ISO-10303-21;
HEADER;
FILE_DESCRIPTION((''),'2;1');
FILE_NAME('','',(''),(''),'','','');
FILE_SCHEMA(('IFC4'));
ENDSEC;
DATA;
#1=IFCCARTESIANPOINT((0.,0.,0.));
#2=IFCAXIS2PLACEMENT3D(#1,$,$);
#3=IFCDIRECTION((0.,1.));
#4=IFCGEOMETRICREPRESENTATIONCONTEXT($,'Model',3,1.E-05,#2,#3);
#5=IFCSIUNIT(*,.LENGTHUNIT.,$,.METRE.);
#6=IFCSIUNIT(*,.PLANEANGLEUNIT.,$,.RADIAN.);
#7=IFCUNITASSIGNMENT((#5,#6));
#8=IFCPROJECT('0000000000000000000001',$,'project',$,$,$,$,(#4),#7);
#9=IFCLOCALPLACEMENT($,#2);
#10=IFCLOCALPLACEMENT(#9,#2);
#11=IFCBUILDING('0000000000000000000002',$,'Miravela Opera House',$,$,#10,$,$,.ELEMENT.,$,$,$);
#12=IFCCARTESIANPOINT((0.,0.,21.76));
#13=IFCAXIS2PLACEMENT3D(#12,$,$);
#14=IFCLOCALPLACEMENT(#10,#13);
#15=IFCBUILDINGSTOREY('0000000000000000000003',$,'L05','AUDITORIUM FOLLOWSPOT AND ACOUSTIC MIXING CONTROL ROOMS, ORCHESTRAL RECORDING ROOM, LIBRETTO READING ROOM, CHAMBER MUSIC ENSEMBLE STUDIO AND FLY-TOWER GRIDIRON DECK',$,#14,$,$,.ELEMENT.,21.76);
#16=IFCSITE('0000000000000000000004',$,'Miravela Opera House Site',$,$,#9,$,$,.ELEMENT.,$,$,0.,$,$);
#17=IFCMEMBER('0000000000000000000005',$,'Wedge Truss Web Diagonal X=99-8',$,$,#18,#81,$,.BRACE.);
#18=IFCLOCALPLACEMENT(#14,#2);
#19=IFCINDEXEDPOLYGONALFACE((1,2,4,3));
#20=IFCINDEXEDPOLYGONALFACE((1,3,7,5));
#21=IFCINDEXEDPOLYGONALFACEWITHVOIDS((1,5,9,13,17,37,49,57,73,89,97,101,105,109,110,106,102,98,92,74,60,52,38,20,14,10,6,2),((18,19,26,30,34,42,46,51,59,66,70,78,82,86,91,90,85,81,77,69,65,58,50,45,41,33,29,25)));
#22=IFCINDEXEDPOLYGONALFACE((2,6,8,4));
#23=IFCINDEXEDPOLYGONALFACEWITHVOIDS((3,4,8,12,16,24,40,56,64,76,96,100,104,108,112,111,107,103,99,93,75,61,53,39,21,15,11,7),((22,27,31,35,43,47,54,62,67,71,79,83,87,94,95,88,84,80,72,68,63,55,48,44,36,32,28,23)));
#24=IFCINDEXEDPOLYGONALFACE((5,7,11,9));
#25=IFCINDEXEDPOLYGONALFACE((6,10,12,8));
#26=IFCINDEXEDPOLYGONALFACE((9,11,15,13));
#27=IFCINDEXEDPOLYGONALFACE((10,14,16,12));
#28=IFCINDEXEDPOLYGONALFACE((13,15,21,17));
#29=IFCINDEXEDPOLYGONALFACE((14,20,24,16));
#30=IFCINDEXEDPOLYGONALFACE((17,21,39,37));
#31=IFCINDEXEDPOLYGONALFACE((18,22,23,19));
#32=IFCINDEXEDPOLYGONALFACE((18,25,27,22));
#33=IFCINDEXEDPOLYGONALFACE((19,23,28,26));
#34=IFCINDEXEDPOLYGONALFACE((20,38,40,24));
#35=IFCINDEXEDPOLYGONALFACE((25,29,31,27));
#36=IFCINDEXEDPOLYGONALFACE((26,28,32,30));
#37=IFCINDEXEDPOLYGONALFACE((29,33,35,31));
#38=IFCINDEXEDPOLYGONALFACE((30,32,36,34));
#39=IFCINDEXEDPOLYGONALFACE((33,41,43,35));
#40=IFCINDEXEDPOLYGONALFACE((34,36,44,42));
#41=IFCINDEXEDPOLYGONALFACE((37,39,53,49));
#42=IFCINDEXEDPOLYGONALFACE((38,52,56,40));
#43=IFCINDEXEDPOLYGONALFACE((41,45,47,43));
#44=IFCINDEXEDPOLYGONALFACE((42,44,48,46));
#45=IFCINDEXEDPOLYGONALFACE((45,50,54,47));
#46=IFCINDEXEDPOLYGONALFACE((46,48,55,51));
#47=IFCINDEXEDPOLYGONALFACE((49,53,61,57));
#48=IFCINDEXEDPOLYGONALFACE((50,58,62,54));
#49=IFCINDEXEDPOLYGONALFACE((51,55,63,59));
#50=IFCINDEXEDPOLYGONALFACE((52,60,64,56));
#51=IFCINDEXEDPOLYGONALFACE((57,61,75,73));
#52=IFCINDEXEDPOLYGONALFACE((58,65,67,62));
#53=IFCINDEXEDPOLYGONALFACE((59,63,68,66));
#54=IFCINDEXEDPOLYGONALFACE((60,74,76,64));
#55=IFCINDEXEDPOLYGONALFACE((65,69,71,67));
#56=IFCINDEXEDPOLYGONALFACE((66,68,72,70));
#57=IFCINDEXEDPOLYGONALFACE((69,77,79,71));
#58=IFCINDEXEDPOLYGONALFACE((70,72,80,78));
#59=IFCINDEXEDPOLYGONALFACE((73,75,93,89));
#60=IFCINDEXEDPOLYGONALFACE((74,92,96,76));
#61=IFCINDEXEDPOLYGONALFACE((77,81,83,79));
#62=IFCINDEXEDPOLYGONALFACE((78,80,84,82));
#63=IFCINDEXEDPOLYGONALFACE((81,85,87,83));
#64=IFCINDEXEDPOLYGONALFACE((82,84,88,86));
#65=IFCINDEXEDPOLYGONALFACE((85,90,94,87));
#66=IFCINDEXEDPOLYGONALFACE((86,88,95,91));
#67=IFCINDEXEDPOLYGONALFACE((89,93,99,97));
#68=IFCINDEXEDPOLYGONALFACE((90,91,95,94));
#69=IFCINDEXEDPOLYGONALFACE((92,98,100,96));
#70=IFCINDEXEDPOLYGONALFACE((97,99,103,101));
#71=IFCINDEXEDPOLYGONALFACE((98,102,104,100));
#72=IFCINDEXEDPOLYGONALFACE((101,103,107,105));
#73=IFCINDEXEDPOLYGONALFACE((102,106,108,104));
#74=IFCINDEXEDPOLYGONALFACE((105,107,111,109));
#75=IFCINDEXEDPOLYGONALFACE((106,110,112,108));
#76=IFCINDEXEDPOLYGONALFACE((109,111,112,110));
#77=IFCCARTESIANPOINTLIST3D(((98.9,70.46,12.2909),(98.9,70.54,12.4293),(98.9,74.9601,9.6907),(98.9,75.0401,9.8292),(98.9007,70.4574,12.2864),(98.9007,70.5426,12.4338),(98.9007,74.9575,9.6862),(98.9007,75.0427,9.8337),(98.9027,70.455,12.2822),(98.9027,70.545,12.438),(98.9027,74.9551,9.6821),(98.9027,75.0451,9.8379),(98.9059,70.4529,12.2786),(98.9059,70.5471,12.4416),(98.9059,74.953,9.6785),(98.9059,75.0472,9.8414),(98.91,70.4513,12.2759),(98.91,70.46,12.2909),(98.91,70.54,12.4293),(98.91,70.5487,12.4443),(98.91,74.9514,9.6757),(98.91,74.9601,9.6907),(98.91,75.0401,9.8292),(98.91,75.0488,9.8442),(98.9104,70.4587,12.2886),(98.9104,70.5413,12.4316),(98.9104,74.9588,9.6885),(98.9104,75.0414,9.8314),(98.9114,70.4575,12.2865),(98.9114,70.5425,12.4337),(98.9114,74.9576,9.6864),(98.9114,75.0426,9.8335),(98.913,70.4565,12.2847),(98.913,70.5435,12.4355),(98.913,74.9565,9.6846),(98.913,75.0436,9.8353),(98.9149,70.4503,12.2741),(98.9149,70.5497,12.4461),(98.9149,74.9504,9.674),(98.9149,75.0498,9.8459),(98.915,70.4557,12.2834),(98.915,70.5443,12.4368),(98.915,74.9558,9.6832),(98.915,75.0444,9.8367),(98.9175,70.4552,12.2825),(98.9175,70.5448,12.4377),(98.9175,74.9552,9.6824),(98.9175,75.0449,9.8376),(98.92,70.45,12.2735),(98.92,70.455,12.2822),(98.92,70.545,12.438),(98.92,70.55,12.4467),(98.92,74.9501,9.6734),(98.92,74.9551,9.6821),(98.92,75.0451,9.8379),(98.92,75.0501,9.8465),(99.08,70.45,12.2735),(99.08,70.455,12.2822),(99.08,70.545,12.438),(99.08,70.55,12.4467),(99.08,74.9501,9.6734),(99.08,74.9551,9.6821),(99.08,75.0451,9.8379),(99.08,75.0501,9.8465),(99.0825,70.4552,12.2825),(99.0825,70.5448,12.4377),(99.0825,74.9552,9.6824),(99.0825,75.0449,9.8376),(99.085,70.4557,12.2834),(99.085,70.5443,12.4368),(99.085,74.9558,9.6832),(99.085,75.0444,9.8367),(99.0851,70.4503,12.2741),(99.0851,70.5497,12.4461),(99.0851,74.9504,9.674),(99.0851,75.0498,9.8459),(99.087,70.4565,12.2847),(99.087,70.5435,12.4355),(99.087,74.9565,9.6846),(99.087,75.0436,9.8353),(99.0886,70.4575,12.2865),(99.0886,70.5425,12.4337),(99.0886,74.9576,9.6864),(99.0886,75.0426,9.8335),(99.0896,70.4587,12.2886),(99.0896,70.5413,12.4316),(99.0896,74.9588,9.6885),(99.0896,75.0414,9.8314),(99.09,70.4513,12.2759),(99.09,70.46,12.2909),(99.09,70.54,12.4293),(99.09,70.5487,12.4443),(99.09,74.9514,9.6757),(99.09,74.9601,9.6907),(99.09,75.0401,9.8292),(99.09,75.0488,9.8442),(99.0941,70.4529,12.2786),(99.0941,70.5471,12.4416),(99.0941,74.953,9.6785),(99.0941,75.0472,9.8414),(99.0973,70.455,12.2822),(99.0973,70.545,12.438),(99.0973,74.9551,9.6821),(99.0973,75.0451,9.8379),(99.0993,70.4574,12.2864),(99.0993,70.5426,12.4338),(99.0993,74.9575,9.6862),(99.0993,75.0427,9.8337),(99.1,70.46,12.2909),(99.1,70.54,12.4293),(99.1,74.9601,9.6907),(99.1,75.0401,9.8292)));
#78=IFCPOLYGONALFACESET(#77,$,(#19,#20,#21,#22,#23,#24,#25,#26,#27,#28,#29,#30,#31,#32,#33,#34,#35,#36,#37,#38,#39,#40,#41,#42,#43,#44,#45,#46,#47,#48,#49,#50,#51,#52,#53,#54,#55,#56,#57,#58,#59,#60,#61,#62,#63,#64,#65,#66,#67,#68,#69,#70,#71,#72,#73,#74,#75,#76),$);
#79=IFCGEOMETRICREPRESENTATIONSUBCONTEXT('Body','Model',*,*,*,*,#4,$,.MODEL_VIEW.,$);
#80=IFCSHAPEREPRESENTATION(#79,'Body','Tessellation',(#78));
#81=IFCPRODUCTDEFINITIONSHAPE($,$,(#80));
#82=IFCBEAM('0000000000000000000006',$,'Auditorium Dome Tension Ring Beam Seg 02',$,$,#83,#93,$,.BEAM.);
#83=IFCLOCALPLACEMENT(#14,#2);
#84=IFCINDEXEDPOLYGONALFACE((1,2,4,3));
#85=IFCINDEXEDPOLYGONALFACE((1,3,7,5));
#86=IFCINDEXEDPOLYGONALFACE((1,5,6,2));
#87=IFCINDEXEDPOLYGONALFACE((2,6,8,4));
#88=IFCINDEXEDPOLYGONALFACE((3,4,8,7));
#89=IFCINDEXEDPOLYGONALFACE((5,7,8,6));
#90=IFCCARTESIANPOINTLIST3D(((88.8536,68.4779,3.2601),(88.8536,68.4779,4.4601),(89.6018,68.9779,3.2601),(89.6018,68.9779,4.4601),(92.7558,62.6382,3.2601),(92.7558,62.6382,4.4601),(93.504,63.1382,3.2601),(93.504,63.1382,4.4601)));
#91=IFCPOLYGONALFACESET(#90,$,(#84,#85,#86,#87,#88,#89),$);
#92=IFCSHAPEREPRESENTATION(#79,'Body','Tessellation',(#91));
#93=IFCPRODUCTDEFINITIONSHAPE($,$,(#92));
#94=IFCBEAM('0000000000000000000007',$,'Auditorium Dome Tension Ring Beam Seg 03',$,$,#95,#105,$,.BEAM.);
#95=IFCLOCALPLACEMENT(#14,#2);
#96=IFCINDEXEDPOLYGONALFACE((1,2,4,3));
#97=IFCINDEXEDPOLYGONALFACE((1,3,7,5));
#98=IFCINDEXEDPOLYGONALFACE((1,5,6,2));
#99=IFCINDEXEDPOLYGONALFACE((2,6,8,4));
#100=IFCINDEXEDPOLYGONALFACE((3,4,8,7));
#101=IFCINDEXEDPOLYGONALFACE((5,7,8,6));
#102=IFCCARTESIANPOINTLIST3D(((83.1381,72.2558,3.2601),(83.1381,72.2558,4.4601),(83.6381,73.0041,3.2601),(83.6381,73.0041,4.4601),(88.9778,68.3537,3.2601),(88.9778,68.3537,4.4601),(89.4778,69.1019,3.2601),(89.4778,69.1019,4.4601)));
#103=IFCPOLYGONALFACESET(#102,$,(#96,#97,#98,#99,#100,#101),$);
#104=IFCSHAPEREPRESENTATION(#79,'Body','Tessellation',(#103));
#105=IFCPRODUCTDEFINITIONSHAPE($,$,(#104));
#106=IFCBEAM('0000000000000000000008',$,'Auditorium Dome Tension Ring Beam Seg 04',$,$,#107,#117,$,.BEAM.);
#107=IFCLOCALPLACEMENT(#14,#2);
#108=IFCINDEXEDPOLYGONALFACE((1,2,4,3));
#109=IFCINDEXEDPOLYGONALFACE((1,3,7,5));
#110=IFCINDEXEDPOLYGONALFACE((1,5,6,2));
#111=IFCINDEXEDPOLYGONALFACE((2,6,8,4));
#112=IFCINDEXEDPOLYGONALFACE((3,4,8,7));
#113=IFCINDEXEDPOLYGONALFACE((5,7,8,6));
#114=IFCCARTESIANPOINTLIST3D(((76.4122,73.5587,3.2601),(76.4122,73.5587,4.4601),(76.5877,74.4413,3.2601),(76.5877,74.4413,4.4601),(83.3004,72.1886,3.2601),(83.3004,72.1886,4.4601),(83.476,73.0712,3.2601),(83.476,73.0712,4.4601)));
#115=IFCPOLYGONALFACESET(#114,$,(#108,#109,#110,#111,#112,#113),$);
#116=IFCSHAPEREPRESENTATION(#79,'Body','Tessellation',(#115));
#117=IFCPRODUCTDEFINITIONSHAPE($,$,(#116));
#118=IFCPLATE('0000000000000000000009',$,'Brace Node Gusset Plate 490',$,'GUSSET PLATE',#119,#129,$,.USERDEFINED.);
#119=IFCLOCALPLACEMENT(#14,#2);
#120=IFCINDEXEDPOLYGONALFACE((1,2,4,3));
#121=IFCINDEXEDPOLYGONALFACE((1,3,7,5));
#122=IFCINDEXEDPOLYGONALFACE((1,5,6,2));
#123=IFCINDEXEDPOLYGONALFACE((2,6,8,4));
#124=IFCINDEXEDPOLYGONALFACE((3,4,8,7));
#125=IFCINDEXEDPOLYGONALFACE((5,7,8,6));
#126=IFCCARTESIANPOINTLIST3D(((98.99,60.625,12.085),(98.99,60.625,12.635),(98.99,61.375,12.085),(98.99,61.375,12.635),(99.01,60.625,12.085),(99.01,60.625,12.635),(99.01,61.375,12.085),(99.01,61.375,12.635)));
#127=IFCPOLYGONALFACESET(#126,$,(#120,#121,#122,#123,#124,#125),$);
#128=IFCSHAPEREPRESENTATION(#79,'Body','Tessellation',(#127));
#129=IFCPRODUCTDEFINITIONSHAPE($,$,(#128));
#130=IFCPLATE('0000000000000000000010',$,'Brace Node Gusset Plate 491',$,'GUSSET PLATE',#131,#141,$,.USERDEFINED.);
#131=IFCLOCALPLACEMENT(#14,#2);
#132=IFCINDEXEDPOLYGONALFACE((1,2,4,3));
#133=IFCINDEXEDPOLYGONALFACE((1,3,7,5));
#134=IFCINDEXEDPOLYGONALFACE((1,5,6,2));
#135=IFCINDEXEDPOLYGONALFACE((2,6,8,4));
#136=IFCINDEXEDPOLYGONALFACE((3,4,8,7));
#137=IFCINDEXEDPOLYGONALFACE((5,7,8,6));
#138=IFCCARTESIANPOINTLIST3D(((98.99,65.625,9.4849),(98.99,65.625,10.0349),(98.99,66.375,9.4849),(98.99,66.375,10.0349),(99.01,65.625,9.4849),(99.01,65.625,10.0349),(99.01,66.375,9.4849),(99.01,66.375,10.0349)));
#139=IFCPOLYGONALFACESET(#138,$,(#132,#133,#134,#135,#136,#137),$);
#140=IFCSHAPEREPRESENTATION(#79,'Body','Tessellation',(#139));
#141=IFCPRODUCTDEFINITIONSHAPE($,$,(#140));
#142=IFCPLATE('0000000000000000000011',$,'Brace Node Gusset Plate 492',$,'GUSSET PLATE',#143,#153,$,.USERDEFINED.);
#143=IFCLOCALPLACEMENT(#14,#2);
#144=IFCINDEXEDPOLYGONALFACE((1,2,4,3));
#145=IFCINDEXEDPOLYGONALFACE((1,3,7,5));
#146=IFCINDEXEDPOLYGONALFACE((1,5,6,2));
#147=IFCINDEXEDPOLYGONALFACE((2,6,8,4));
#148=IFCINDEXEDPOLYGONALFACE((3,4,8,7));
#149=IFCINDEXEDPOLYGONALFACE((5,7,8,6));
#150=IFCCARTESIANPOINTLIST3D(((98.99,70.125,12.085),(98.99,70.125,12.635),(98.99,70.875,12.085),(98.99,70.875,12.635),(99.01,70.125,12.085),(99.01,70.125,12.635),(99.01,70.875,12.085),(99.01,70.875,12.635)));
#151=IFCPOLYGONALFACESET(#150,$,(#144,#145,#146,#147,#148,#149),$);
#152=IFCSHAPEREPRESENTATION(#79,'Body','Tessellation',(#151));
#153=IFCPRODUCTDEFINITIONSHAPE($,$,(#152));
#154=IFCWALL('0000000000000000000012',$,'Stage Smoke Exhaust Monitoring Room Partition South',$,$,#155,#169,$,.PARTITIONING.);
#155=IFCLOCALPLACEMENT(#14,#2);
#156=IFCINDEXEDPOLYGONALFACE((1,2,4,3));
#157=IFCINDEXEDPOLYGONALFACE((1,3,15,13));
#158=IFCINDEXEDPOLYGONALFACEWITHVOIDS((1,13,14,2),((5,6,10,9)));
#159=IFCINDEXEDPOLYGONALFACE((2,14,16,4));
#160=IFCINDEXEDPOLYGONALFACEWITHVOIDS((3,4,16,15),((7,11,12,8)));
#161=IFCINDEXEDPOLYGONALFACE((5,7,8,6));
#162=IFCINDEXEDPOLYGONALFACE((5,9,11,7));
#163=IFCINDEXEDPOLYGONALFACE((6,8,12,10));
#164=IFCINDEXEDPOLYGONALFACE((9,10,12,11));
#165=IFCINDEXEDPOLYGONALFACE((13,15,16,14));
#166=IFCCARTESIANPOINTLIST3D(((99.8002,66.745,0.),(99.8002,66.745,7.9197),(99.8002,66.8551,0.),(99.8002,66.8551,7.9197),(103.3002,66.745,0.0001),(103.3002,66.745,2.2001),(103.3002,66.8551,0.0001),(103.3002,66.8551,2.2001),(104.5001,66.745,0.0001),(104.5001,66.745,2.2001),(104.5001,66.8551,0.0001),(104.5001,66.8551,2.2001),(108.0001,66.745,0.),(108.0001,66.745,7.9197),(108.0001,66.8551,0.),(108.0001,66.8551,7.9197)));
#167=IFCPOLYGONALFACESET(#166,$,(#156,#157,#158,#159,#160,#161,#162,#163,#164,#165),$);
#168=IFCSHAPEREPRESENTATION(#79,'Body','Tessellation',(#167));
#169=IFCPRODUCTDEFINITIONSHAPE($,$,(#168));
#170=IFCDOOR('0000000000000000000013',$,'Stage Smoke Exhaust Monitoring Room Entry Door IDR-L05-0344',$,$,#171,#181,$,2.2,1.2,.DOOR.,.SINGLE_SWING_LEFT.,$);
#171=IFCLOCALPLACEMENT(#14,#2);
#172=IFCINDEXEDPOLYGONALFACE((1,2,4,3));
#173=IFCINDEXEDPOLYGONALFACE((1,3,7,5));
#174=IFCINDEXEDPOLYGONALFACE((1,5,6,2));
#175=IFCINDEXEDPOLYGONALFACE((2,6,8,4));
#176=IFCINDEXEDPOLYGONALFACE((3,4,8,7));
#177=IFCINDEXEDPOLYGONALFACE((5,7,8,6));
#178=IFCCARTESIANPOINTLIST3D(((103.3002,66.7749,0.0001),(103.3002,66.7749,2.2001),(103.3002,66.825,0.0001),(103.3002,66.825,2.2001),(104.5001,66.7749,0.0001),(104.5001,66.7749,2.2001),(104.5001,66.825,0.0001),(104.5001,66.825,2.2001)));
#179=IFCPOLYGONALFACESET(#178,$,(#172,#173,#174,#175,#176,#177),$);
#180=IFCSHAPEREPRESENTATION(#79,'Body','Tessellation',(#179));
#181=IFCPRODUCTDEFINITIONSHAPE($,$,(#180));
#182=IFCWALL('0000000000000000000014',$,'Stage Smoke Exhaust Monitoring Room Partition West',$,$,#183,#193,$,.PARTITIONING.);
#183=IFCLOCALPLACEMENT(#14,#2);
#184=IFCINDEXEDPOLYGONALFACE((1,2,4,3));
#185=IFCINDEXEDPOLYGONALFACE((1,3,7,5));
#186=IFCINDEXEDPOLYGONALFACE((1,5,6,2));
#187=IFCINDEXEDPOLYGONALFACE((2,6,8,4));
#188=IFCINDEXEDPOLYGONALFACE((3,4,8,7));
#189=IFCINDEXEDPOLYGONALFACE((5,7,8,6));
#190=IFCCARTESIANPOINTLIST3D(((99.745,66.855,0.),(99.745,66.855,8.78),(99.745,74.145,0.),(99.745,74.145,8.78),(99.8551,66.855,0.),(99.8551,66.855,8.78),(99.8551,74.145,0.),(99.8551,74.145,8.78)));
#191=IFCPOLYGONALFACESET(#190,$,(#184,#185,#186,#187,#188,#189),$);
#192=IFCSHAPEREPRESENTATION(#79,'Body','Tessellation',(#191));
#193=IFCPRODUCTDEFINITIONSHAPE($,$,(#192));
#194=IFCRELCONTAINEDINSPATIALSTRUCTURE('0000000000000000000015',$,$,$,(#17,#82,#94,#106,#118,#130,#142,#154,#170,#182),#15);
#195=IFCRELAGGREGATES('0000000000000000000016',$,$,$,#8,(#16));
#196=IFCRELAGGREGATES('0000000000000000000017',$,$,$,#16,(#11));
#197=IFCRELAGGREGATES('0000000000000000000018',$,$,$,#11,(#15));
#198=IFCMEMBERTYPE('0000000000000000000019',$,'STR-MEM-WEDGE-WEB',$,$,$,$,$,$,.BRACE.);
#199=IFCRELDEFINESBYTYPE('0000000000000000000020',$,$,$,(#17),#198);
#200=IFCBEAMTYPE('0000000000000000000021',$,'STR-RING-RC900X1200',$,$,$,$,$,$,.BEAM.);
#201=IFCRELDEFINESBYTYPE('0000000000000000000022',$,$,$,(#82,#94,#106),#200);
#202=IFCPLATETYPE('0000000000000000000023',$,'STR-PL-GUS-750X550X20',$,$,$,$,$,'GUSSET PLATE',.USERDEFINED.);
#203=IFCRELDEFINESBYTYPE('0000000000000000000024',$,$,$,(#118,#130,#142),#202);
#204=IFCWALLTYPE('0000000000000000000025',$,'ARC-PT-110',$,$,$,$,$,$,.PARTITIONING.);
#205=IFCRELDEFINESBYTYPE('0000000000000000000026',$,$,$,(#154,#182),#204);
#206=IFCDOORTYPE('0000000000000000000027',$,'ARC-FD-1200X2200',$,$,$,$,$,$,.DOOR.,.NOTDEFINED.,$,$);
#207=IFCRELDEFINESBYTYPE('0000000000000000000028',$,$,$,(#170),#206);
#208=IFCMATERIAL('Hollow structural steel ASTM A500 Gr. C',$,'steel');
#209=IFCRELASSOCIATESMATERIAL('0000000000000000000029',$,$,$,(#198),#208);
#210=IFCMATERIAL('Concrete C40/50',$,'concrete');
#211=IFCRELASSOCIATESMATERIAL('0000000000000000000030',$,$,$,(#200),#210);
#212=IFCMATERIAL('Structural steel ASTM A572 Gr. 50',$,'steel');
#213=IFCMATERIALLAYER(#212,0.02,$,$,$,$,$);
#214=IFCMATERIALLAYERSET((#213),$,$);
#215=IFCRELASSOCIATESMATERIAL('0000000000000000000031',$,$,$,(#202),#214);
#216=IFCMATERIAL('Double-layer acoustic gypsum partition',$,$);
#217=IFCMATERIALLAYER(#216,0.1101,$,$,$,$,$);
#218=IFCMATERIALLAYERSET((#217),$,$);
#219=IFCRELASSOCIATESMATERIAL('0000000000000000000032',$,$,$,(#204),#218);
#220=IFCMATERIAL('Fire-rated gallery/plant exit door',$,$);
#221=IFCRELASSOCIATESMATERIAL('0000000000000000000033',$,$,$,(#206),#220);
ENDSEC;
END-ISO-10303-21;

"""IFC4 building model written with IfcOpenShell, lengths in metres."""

from ifc_helpers import new_model, si_unit, direction, frame, frame_2d, origin, origin_2d, place, context, subcontext, project, spatial, rectangle, hollow_rectangle, extrude, material, layer, layer_set, material_profile, profile_set, type_object, element, fill, save


model = new_model("IFC4")

# Units and contexts
model_context = context("Model", 3, precision=1e-05, world=origin(), true_north=direction((0.0, 1.0)))
body_context = subcontext(model_context, "Body", "Model", "MODEL_VIEW")
ifc_project = project(units=[si_unit("LENGTHUNIT", "METRE"), si_unit("PLANEANGLEUNIT", "RADIAN")], contexts=[model_context])

# Site, building, storey
site_placement = place(None, origin())
site = spatial("IfcSite", under=ifc_project, at=site_placement, Name="Miravela Opera House Site", CompositionType="ELEMENT", RefElevation=0.0)
building_placement = place(site_placement, origin())
building = spatial("IfcBuilding", under=site, at=building_placement, Name="Miravela Opera House", CompositionType="ELEMENT")
storey_placement = place(building_placement, frame((0.0, 0.0, 21.76)))
storey = spatial("IfcBuildingStorey", under=building, at=storey_placement, Name="L05", Description="AUDITORIUM FOLLOWSPOT AND ACOUSTIC MIXING CONTROL ROOMS, ORCHESTRAL RECORDING ROOM, LIBRETTO READING ROOM, CHAMBER MUSIC ENSEMBLE STUDIO AND FLY-TOWER GRIDIRON DECK", CompositionType="ELEMENT", Elevation=21.76)

# Shared definitions
ifc_material_1 = material(Name="Concrete C40/50", Category="concrete")

# Member
ifc_material_2 = material(Name="Hollow structural steel ASTM A500 Gr. C", Category="steel")
ifc_material_profile_1 = material_profile(ifc_material_2, hollow_rectangle(XDim=0.2, YDim=0.2, WallThickness=0.01, InnerFilletRadius=0.01, OuterFilletRadius=0.02, at=origin_2d()), Name="HSS200X200X10")
ifc_profile_set_1 = profile_set([ifc_material_profile_1])
member_type_1 = type_object("IfcMemberType", Name="STR-MEM-WEDGE-WEB", PredefinedType="BRACE", material=ifc_profile_set_1)
for number, where, z_axis, x_axis, name in (
    (1, (99.0, 70.5, 12.3601), (0.0, 0.865857, -0.500292), (-1.0, 0.0, 0.0), "Wedge Truss Web Diagonal X=99-8"),
):
    element("IfcMember", number, at=place(storey_placement, frame(where, z_axis=z_axis, x_axis=x_axis)), inside=storey, type_object=member_type_1, Name=name, PredefinedType="BRACE", context=body_context, shape_type="SweptSolid", body=[
        extrude(hollow_rectangle(XDim=0.2, YDim=0.2, WallThickness=0.01, InnerFilletRadius=0.01, OuterFilletRadius=0.02, at=origin_2d()), origin(), (0.0, 0.0, 1.0), 5.1973),
    ])

# Beams
ifc_material_profile_2 = material_profile(ifc_material_1, rectangle(XDim=0.8999, YDim=1.2, at=origin_2d()), Name="RC-RING-900X1200")
ifc_profile_set_2 = profile_set([ifc_material_profile_2])
beam_type = type_object("IfcBeamType", Name="STR-RING-RC900X1200", PredefinedType="BEAM", material=ifc_profile_set_2)
for number, where, z_axis, x_axis, name in (
    (2, (93.1299, 62.8882, 3.8601), (-0.55559, 0.831456, 0.0), (-0.831456, -0.55559, 0.0), "Auditorium Dome Tension Ring Beam Seg 02"),
    (3, (89.2278, 68.7278, 3.8601), (-0.831456, 0.55559, 0.0), (-0.55559, -0.831456, 0.0), "Auditorium Dome Tension Ring Beam Seg 03"),
):
    element("IfcBeam", number, at=place(storey_placement, frame(where, z_axis=z_axis, x_axis=x_axis)), inside=storey, type_object=beam_type, Name=name, PredefinedType="BEAM", context=body_context, shape_type="SweptSolid", body=[
        extrude(rectangle(XDim=0.8999, YDim=1.2, at=origin_2d()), origin(), (0.0, 0.0, 1.0), 7.0234),
    ])
beam_placement = place(storey_placement, frame((83.3882, 72.6299, 3.8601), z_axis=(-0.980786, 0.195087, 0.0), x_axis=(-0.195087, -0.980786, 0.0)))
element("IfcBeam", 4, at=beam_placement, inside=storey, type_object=beam_type, Name="Auditorium Dome Tension Ring Beam Seg 04", PredefinedType="BEAM", context=body_context, shape_type="SweptSolid", body=[
    extrude(rectangle(XDim=0.8999, YDim=1.2, at=origin_2d()), origin(), (0.0, 0.0, 1.0), 7.0232),
])

# Plates
ifc_material_3 = material(Name="Structural steel ASTM A572 Gr. 50", Category="steel")
ifc_layer_1 = layer(ifc_material_3, 0.02)
ifc_layer_set_1 = layer_set([ifc_layer_1])
plate_type = type_object("IfcPlateType", Name="STR-PL-GUS-750X550X20", ElementType="GUSSET PLATE", PredefinedType="USERDEFINED", material=ifc_layer_set_1)
for number, where, z_axis, x_axis, name in (
    (5, (99.0, 61.0, 12.085), (0.0, 0.0, 1.0), (0.0, 1.0, 0.0), "Brace Node Gusset Plate 490"),
    (6, (99.0, 66.0, 9.4849), (0.0, 0.0, 1.0), (0.0, 1.0, 0.0), "Brace Node Gusset Plate 491"),
    (7, (99.0, 70.5, 12.085), (0.0, 0.0, 1.0), (0.0, 1.0, 0.0), "Brace Node Gusset Plate 492"),
):
    element("IfcPlate", number, at=place(storey_placement, frame(where, z_axis=z_axis, x_axis=x_axis)), inside=storey, type_object=plate_type, Name=name, ObjectType="GUSSET PLATE", PredefinedType="USERDEFINED", context=body_context, shape_type="SweptSolid", body=[
        extrude(rectangle(XDim=0.75, YDim=0.02, at=origin_2d()), origin(), (0.0, 0.0, 1.0), 0.55),
    ])

# Wall, opening, door
ifc_material_4 = material(Name="Double-layer acoustic gypsum partition")
ifc_layer_2 = layer(ifc_material_4, 0.1101)
ifc_layer_set_2 = layer_set([ifc_layer_2])
wall_type_1 = type_object("IfcWallType", Name="ARC-PT-110", PredefinedType="PARTITIONING", material=ifc_layer_set_2)
wall_1_placement = place(storey_placement, frame((99.8, 66.8, 0.0), z_axis=(0.0, 0.0, 1.0), x_axis=(1.0, 0.0, 0.0)))
wall_1 = element("IfcWall", 8, at=wall_1_placement, inside=storey, type_object=wall_type_1, Name="Stage Smoke Exhaust Monitoring Room Partition South", PredefinedType="PARTITIONING", context=body_context, shape_type="SweptSolid", body=[
    extrude(rectangle(XDim=8.2, YDim=0.1101, at=frame_2d((4.1001, 0.0))), origin(), (0.0, 0.0, 1.0), 7.9197),
])
opening_placement = place(wall_1_placement, frame((3.5, 0.0, 0.0)))
opening = element("IfcOpeningElement", 9, at=opening_placement, cuts=wall_1, PredefinedType="OPENING", context=body_context, shape_type="SweptSolid", body=[
    extrude(rectangle(XDim=1.2, YDim=2.2, at=frame_2d((0.6001, 1.1001))), frame((0.0, 0.0649, 0.0), z_axis=(0.0, -1.0, 0.0), x_axis=(1.0, 0.0, 0.0)), (0.0, 0.0, 1.0), 0.1301),
])
ifc_material_5 = material(Name="Fire-rated gallery/plant exit door")
door_type = type_object("IfcDoorType", Name="ARC-FD-1200X2200", OperationType="NOTDEFINED", PredefinedType="DOOR", material=ifc_material_5)
door_placement = place(opening_placement, origin())
door = element("IfcDoor", 10, at=door_placement, inside=storey, type_object=door_type, Name="Stage Smoke Exhaust Monitoring Room Entry Door IDR-L05-0344", OperationType="SINGLE_SWING_LEFT", OverallHeight=2.2, OverallWidth=1.2, PredefinedType="DOOR", context=body_context, shape_type="SweptSolid", body=[
    extrude(rectangle(XDim=1.2, YDim=2.2, at=frame_2d((0.6001, 1.1001))), frame((0.0, 0.0249, 0.0), z_axis=(0.0, -1.0, 0.0), x_axis=(1.0, 0.0, 0.0)), (0.0, 0.0, 1.0), 0.05),
])
fill(opening, door)

# Wall
wall_2_placement = place(storey_placement, frame((99.8, 66.855, 0.0), z_axis=(0.0, 0.0, 1.0), x_axis=(0.0, 1.0, 0.0)))
element("IfcWall", 11, at=wall_2_placement, inside=storey, type_object=wall_type_1, Name="Stage Smoke Exhaust Monitoring Room Partition West", PredefinedType="PARTITIONING", context=body_context, shape_type="SweptSolid", body=[
    extrude(rectangle(XDim=7.29, YDim=0.1101, at=frame_2d((3.645, 0.0))), origin(), (0.0, 0.0, 1.0), 8.78),
])

save(model, "model.ifc")
